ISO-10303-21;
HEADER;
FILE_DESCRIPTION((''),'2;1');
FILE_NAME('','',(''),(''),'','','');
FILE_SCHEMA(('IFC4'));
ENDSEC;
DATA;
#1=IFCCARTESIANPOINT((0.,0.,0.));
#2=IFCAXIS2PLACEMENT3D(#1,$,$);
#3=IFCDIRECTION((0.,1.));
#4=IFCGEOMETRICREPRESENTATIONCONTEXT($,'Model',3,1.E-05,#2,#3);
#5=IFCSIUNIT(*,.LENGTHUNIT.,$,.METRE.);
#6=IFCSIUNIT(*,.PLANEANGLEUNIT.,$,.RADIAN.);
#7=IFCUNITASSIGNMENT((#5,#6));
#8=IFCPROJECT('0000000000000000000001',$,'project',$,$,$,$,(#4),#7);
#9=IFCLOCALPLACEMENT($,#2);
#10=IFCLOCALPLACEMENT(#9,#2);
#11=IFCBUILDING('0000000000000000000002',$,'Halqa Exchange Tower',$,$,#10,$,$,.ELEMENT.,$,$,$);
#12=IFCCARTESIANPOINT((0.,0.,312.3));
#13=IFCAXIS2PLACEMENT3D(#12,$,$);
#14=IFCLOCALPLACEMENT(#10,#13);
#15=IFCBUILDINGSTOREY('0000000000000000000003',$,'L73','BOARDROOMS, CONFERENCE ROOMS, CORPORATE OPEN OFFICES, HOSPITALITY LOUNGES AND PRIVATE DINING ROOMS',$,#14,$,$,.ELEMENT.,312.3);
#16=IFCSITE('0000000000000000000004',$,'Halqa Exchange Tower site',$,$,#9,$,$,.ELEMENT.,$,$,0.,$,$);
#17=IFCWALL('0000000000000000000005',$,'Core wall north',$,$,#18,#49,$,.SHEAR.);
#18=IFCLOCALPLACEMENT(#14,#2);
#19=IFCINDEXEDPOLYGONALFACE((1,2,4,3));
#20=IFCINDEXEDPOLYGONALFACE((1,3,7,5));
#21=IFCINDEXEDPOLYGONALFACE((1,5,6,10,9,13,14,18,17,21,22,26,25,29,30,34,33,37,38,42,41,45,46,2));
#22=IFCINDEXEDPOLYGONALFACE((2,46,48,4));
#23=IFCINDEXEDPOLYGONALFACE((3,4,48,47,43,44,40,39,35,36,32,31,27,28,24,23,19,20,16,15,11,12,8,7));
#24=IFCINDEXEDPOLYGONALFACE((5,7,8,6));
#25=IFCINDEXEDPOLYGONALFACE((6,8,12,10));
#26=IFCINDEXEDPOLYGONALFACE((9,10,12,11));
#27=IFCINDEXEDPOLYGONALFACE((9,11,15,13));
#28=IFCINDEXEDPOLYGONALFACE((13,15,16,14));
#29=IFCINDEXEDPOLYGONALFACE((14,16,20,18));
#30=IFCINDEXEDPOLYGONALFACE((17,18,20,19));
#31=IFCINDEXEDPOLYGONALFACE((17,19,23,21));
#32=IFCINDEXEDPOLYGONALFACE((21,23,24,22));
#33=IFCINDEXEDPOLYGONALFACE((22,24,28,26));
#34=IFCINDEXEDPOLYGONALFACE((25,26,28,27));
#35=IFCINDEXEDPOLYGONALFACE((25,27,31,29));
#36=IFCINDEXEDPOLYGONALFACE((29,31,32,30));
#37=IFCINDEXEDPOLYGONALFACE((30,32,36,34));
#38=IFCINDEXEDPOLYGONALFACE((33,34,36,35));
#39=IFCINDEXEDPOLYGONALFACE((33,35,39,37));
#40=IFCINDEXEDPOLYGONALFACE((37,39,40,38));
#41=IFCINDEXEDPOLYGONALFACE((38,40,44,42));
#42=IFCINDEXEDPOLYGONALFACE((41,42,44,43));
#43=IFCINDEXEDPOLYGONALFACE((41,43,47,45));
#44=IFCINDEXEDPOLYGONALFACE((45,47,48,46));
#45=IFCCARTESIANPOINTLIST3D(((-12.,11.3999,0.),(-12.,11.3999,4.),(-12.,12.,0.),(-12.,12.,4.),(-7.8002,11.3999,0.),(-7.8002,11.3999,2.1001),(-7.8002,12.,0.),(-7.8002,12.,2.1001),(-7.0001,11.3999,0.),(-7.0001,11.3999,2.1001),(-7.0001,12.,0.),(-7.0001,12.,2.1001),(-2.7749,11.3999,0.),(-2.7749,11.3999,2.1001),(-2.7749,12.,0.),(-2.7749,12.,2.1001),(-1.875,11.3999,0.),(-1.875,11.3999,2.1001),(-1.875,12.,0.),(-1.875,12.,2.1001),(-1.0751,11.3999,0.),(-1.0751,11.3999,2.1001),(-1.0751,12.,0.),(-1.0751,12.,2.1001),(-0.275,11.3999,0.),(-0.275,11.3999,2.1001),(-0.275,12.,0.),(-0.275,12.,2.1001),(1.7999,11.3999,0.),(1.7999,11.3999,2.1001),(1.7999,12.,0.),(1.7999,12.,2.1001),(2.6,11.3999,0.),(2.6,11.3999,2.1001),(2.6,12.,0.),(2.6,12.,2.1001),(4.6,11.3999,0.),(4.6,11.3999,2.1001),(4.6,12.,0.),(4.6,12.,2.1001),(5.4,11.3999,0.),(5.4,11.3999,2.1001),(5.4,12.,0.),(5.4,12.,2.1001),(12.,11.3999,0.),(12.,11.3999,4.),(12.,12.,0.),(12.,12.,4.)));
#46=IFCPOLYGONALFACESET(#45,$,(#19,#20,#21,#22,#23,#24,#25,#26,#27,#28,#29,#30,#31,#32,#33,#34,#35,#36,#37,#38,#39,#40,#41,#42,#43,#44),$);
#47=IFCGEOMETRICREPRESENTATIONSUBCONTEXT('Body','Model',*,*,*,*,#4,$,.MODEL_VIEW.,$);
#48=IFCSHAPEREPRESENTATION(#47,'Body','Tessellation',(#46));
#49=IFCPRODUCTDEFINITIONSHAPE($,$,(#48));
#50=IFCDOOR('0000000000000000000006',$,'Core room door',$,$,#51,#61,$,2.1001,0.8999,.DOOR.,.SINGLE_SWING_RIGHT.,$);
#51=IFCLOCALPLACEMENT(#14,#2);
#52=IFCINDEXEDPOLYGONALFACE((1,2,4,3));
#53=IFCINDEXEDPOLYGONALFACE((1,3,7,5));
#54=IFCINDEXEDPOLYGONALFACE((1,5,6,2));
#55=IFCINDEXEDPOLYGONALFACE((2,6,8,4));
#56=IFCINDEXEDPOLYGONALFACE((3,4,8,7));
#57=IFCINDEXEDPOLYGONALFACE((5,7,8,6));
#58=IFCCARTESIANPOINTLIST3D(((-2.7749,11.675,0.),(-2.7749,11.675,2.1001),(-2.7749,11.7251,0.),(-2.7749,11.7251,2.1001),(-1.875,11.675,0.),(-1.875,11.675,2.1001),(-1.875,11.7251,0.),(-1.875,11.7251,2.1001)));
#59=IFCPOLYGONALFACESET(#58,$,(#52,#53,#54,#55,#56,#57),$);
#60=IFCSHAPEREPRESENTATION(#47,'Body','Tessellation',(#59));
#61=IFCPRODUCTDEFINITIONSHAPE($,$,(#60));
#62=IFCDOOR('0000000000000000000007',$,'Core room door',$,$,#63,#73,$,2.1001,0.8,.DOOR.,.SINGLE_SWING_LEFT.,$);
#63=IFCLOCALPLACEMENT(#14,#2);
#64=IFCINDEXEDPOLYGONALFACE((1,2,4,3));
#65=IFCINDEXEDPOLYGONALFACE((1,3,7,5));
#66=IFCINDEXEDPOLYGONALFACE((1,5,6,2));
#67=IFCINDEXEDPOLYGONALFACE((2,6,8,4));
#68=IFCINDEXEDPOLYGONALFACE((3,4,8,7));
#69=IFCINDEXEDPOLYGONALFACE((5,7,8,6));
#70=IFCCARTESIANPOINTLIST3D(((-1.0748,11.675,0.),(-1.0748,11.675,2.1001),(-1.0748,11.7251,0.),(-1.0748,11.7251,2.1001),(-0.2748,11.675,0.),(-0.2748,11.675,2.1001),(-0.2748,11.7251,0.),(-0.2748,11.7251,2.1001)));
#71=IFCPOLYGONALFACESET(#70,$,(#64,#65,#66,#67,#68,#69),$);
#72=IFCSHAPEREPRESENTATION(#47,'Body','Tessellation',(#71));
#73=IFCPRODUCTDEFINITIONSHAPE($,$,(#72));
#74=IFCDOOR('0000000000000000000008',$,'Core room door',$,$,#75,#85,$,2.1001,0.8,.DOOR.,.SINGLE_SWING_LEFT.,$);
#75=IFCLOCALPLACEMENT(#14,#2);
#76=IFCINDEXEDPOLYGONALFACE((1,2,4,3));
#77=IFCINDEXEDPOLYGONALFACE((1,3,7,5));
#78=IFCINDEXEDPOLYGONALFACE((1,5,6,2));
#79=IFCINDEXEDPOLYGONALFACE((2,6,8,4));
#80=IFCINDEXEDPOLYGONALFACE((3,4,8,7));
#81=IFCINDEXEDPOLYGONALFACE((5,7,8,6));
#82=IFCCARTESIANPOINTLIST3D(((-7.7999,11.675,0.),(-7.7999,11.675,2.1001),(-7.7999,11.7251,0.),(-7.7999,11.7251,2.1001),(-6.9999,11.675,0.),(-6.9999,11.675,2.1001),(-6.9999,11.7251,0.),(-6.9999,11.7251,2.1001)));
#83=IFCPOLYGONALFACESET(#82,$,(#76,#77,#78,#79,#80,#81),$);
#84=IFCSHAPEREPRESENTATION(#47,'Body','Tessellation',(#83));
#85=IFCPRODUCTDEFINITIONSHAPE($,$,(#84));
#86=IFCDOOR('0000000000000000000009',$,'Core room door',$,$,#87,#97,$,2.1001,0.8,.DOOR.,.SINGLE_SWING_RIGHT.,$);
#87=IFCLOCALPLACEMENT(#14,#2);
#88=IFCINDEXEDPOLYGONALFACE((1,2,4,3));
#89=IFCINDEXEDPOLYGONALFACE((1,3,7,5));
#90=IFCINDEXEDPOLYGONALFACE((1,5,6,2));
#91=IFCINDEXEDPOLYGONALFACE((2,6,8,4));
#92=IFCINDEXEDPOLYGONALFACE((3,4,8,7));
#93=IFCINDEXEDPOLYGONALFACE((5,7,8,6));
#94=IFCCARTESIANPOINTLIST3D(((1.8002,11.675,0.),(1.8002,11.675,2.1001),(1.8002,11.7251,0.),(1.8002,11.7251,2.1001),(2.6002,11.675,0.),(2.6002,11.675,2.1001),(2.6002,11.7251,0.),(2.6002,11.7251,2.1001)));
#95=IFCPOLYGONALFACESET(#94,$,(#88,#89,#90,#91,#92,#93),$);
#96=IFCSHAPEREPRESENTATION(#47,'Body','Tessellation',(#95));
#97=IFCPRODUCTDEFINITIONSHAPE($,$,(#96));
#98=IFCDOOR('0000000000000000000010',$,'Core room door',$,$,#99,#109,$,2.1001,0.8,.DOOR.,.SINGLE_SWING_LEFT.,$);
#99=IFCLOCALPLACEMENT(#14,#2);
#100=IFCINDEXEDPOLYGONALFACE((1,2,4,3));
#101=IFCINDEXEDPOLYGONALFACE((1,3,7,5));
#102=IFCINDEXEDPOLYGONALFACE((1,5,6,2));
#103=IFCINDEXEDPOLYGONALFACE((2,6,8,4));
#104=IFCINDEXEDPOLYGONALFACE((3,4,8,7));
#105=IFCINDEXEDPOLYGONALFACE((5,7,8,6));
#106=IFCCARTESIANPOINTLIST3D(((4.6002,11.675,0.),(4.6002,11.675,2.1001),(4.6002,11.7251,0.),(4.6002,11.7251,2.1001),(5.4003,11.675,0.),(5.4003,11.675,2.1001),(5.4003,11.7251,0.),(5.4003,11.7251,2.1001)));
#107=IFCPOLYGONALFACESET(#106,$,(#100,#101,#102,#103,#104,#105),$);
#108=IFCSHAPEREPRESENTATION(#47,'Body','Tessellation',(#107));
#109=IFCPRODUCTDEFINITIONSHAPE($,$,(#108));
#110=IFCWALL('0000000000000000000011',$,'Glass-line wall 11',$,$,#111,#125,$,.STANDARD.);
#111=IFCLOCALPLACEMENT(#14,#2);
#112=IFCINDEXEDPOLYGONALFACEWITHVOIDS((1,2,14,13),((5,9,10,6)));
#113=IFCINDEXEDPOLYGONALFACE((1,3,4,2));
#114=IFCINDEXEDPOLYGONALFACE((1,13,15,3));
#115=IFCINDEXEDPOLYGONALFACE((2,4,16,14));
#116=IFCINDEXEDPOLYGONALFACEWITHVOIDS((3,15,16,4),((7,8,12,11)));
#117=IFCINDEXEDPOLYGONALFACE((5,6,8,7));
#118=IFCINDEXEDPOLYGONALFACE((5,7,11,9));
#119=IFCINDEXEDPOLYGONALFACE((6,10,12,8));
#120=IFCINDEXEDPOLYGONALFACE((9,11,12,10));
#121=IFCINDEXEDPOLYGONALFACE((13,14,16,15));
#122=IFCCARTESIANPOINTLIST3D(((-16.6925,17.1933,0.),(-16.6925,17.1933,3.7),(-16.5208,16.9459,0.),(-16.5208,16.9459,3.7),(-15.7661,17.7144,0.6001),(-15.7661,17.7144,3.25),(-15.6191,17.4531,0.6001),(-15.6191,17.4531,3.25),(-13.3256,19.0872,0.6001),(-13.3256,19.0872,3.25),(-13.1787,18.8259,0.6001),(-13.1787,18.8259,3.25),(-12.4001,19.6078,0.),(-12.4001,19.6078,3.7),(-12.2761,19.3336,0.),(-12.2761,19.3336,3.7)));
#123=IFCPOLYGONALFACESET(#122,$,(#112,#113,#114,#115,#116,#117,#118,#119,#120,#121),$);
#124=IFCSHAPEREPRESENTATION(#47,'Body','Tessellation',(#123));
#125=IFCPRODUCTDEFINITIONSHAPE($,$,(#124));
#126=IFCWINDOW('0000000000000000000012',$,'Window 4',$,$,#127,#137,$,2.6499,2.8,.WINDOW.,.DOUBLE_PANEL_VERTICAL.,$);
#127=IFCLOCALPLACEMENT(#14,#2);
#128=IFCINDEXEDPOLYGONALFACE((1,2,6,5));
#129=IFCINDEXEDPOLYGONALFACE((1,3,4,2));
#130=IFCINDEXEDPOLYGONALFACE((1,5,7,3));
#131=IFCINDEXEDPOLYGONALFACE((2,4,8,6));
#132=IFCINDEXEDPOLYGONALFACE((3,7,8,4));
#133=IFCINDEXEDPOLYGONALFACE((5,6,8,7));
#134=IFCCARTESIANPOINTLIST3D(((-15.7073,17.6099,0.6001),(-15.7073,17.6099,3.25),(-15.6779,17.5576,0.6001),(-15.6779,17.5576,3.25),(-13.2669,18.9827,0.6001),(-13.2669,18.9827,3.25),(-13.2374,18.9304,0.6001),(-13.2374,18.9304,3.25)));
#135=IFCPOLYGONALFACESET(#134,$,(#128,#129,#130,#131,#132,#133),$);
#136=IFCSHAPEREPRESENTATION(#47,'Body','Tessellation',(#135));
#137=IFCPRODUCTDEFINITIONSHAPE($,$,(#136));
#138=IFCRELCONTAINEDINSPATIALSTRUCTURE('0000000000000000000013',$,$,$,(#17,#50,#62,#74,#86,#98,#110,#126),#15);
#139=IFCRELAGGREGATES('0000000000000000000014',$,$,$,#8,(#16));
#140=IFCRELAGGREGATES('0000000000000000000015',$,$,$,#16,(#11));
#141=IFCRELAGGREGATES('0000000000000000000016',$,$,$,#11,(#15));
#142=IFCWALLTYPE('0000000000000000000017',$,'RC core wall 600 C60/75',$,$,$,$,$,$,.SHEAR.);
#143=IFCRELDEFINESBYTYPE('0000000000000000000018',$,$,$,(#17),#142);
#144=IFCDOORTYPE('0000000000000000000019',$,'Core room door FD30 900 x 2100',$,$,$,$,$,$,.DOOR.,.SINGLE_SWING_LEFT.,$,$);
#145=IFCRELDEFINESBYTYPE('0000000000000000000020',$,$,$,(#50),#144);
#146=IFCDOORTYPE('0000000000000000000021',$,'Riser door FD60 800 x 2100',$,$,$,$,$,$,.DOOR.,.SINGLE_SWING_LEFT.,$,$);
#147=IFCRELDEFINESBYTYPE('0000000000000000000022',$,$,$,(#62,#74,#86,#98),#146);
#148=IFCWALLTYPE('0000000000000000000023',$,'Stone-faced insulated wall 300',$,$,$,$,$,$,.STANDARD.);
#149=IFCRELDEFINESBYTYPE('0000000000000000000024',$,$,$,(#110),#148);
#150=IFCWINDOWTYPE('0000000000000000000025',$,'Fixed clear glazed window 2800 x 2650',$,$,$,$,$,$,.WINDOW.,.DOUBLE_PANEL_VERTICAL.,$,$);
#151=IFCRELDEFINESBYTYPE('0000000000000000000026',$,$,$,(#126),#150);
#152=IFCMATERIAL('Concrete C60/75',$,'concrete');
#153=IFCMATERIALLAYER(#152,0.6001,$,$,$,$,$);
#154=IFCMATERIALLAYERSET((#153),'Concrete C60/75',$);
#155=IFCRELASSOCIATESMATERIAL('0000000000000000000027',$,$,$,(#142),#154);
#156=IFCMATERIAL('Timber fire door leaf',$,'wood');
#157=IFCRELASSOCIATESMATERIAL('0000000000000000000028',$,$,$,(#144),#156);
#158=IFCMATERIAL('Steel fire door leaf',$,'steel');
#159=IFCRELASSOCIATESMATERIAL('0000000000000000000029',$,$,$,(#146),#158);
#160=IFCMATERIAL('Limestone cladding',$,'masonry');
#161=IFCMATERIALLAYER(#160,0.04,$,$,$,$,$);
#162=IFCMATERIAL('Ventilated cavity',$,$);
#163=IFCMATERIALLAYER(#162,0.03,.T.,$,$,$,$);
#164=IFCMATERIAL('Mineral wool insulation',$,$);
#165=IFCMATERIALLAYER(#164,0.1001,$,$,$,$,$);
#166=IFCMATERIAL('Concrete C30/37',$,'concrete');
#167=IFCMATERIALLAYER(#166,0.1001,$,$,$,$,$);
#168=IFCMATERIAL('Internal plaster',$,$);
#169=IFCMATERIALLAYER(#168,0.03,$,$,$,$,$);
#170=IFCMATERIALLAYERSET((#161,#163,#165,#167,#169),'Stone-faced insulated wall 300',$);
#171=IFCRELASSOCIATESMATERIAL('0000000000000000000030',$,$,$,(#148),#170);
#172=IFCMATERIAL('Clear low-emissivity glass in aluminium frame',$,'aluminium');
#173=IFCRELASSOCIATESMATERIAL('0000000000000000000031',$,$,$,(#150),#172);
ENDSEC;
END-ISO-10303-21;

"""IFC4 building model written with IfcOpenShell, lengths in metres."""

from ifc_helpers import new_model, si_unit, direction, frame, frame_2d, origin, place, context, subcontext, project, spatial, polyline, rectangle, outline, extrude, material, layer, layer_set, type_object, element, fill, save


model = new_model("IFC4")

# Units and contexts
model_context = context("Model", 3, precision=1e-05, world=origin(), true_north=direction((0.0, 1.0)))
body_context = subcontext(model_context, "Body", "Model", "MODEL_VIEW")
ifc_project = project(units=[si_unit("LENGTHUNIT", "METRE"), si_unit("PLANEANGLEUNIT", "RADIAN")], contexts=[model_context])

# Site, building, storey
site_placement = place(None, origin())
site = spatial("IfcSite", under=ifc_project, at=site_placement, Name="Halqa Exchange Tower site", CompositionType="ELEMENT", RefElevation=0.0)
building_placement = place(site_placement, origin())
building = spatial("IfcBuilding", under=site, at=building_placement, Name="Halqa Exchange Tower", CompositionType="ELEMENT")
storey_placement = place(building_placement, frame((0.0, 0.0, 312.3)))
storey = spatial("IfcBuildingStorey", under=building, at=storey_placement, Name="L73", Description="BOARDROOMS, CONFERENCE ROOMS, CORPORATE OPEN OFFICES, HOSPITALITY LOUNGES AND PRIVATE DINING ROOMS", CompositionType="ELEMENT", Elevation=312.3)

# Shared definitions
ifc_material_1 = material(Name="Concrete C60/75", Category="concrete")

# Wall, openings, doors
ifc_material_2 = material(Name="Steel fire door leaf", Category="steel")
ifc_layer_1 = layer(ifc_material_1, 0.6001)
ifc_layer_set_1 = layer_set([ifc_layer_1], Name="Concrete C60/75")
wall_type_1 = type_object("IfcWallType", Name="RC core wall 600 C60/75", PredefinedType="SHEAR", material=ifc_layer_set_1)
wall_1_placement = place(storey_placement, frame((-12.0, 11.7, 0.0), z_axis=(0.0, 0.0, 1.0), x_axis=(1.0, 0.0, 0.0)))
wall_1 = element("IfcWall", 1, at=wall_1_placement, inside=storey, type_object=wall_type_1, Name="Core wall north", PredefinedType="SHEAR", context=body_context, shape_type="SweptSolid", body=[
    extrude(rectangle(XDim=24.0, YDim=0.6001, at=frame_2d((12.0, 0.0))), origin(), (0.0, 0.0, 1.0), 4.0),
])
opening_1_placement = place(wall_1_placement, frame((9.2251, 0.0, 0.0)))
opening_1 = element("IfcOpeningElement", 2, at=opening_1_placement, cuts=wall_1, PredefinedType="OPENING", context=body_context, shape_type="SweptSolid", body=[
    extrude(rectangle(XDim=0.8999, YDim=2.1001, at=frame_2d((0.45, 1.05))), frame((0.0, 0.312, 0.0), z_axis=(0.0, -1.0, 0.0), x_axis=(1.0, 0.0, 0.0)), (0.0, 0.0, 1.0), 0.624),
])
opening_2_placement = place(wall_1_placement, frame((10.925, 0.0, 0.0)))
opening_2 = element("IfcOpeningElement", 3, at=opening_2_placement, cuts=wall_1, PredefinedType="OPENING", context=body_context, shape_type="SweptSolid", body=[
    extrude(rectangle(XDim=0.8, YDim=2.1001, at=frame_2d((0.3999, 1.05))), frame((0.0, 0.312, 0.0), z_axis=(0.0, -1.0, 0.0), x_axis=(1.0, 0.0, 0.0)), (0.0, 0.0, 1.0), 0.624),
])
opening_3_placement = place(wall_1_placement, frame((4.2, 0.0, 0.0)))
opening_3 = element("IfcOpeningElement", 4, at=opening_3_placement, cuts=wall_1, PredefinedType="OPENING", context=body_context, shape_type="SweptSolid", body=[
    extrude(rectangle(XDim=0.8, YDim=2.1001, at=frame_2d((0.3999, 1.05))), frame((0.0, 0.312, 0.0), z_axis=(0.0, -1.0, 0.0), x_axis=(1.0, 0.0, 0.0)), (0.0, 0.0, 1.0), 0.624),
])
opening_4_placement = place(wall_1_placement, frame((13.8, 0.0, 0.0)))
opening_4 = element("IfcOpeningElement", 5, at=opening_4_placement, cuts=wall_1, PredefinedType="OPENING", context=body_context, shape_type="SweptSolid", body=[
    extrude(rectangle(XDim=0.8, YDim=2.1001, at=frame_2d((0.3999, 1.05))), frame((0.0, 0.312, 0.0), z_axis=(0.0, -1.0, 0.0), x_axis=(1.0, 0.0, 0.0)), (0.0, 0.0, 1.0), 0.624),
])
opening_5_placement = place(wall_1_placement, frame((16.6001, 0.0, 0.0)))
opening_5 = element("IfcOpeningElement", 6, at=opening_5_placement, cuts=wall_1, PredefinedType="OPENING", context=body_context, shape_type="SweptSolid", body=[
    extrude(rectangle(XDim=0.8, YDim=2.1001, at=frame_2d((0.3999, 1.05))), frame((0.0, 0.312, 0.0), z_axis=(0.0, -1.0, 0.0), x_axis=(1.0, 0.0, 0.0)), (0.0, 0.0, 1.0), 0.624),
])
ifc_material_3 = material(Name="Timber fire door leaf", Category="wood")
door_type_1 = type_object("IfcDoorType", Name="Core room door FD30 900 x 2100", OperationType="SINGLE_SWING_LEFT", PredefinedType="DOOR", material=ifc_material_3)
door_1_placement = place(opening_1_placement, frame((0.8999, 0.0, 0.0), z_axis=(0.0, 0.0, 1.0), x_axis=(-1.0, 0.0, 0.0)))
door_1 = element("IfcDoor", 7, at=door_1_placement, inside=storey, type_object=door_type_1, Name="Core room door", OperationType="SINGLE_SWING_RIGHT", OverallHeight=2.1001, OverallWidth=0.8999, PredefinedType="DOOR", context=body_context, shape_type="SweptSolid", body=[
    extrude(rectangle(XDim=0.8999, YDim=2.1001, at=frame_2d((0.45, 1.05))), frame((0.0, 0.0249, 0.0), z_axis=(0.0, -1.0, 0.0), x_axis=(1.0, 0.0, 0.0)), (0.0, 0.0, 1.0), 0.05),
])
fill(opening_1, door_1)
door_type_2 = type_object("IfcDoorType", Name="Riser door FD60 800 x 2100", OperationType="SINGLE_SWING_LEFT", PredefinedType="DOOR", material=ifc_material_2)
door_2_placement = place(opening_2_placement, frame((0.8, 0.0, 0.0), z_axis=(0.0, 0.0, 1.0), x_axis=(-1.0, 0.0, 0.0)))
door_2 = element("IfcDoor", 8, at=door_2_placement, inside=storey, type_object=door_type_2, Name="Core room door", OperationType="SINGLE_SWING_LEFT", OverallHeight=2.1001, OverallWidth=0.8, PredefinedType="DOOR", context=body_context, shape_type="SweptSolid", body=[
    extrude(rectangle(XDim=0.8, YDim=2.1001, at=frame_2d((0.3999, 1.05))), frame((0.0, 0.0249, 0.0), z_axis=(0.0, -1.0, 0.0), x_axis=(1.0, 0.0, 0.0)), (0.0, 0.0, 1.0), 0.05),
])
fill(opening_2, door_2)
door_3_placement = place(opening_3_placement, frame((0.8, 0.0, 0.0), z_axis=(0.0, 0.0, 1.0), x_axis=(-1.0, 0.0, 0.0)))
door_3 = element("IfcDoor", 9, at=door_3_placement, inside=storey, type_object=door_type_2, Name="Core room door", OperationType="SINGLE_SWING_LEFT", OverallHeight=2.1001, OverallWidth=0.8, PredefinedType="DOOR", context=body_context, shape_type="SweptSolid", body=[
    extrude(rectangle(XDim=0.8, YDim=2.1001, at=frame_2d((0.3999, 1.05))), frame((0.0, 0.0249, 0.0), z_axis=(0.0, -1.0, 0.0), x_axis=(1.0, 0.0, 0.0)), (0.0, 0.0, 1.0), 0.05),
])
fill(opening_3, door_3)
door_4_placement = place(opening_4_placement, frame((0.8, 0.0, 0.0), z_axis=(0.0, 0.0, 1.0), x_axis=(-1.0, 0.0, 0.0)))
door_4 = element("IfcDoor", 10, at=door_4_placement, inside=storey, type_object=door_type_2, Name="Core room door", OperationType="SINGLE_SWING_RIGHT", OverallHeight=2.1001, OverallWidth=0.8, PredefinedType="DOOR", context=body_context, shape_type="SweptSolid", body=[
    extrude(rectangle(XDim=0.8, YDim=2.1001, at=frame_2d((0.3999, 1.05))), frame((0.0, 0.0249, 0.0), z_axis=(0.0, -1.0, 0.0), x_axis=(1.0, 0.0, 0.0)), (0.0, 0.0, 1.0), 0.05),
])
fill(opening_4, door_4)
door_5_placement = place(opening_5_placement, frame((0.8, 0.0, 0.0), z_axis=(0.0, 0.0, 1.0), x_axis=(-1.0, 0.0, 0.0)))
door_5 = element("IfcDoor", 11, at=door_5_placement, inside=storey, type_object=door_type_2, Name="Core room door", OperationType="SINGLE_SWING_LEFT", OverallHeight=2.1001, OverallWidth=0.8, PredefinedType="DOOR", context=body_context, shape_type="SweptSolid", body=[
    extrude(rectangle(XDim=0.8, YDim=2.1001, at=frame_2d((0.3999, 1.05))), frame((0.0, 0.0249, 0.0), z_axis=(0.0, -1.0, 0.0), x_axis=(1.0, 0.0, 0.0)), (0.0, 0.0, 1.0), 0.05),
])
fill(opening_5, door_5)

# Wall, opening, window
ifc_material_4 = material(Name="Limestone cladding", Category="masonry")
ifc_layer_2 = layer(ifc_material_4, 0.04)
ifc_material_5 = material(Name="Ventilated cavity")
ifc_layer_3 = layer(ifc_material_5, 0.03, ventilated=True)
ifc_material_6 = material(Name="Mineral wool insulation")
ifc_layer_4 = layer(ifc_material_6, 0.1001)
ifc_material_7 = material(Name="Concrete C30/37", Category="concrete")
ifc_layer_5 = layer(ifc_material_7, 0.1001)
ifc_material_8 = material(Name="Internal plaster")
ifc_layer_6 = layer(ifc_material_8, 0.03)
ifc_layer_set_2 = layer_set([ifc_layer_2, ifc_layer_3, ifc_layer_4, ifc_layer_5, ifc_layer_6], Name="Stone-faced insulated wall 300")
wall_type_2 = type_object("IfcWallType", Name="Stone-faced insulated wall 300", PredefinedType="STANDARD", material=ifc_layer_set_2)
wall_2_placement = place(storey_placement, frame((-12.3381, 19.4707, 0.0), z_axis=(0.0, 0.0, 1.0), x_axis=(-0.87157, -0.490271, 0.0)))
wall_2 = element("IfcWall", 12, at=wall_2_placement, inside=storey, type_object=wall_type_2, Name="Glass-line wall 11", PredefinedType="STANDARD", context=body_context, shape_type="SweptSolid", body=[
    extrude(outline(polyline([(-0.0132, -0.1499), (4.9116, -0.1499), (4.8833, 0.1499), (0.0132, 0.1499), (-0.0132, -0.1499)])), origin(), (0.0, 0.0, 1.0), 3.7),
])
opening_6_placement = place(wall_2_placement, frame((1.0488, 0.0, 0.6001)))
opening_6 = element("IfcOpeningElement", 13, at=opening_6_placement, cuts=wall_2, PredefinedType="OPENING", context=body_context, shape_type="SweptSolid", body=[
    extrude(rectangle(XDim=2.8, YDim=2.6499, at=frame_2d((1.3999, 1.325))), frame((0.0, 0.1621, 0.0), z_axis=(0.0, -1.0, 0.0), x_axis=(1.0, 0.0, 0.0)), (0.0, 0.0, 1.0), 0.324),
])
ifc_material_9 = material(Name="Clear low-emissivity glass in aluminium frame", Category="aluminium")
window_type = type_object("IfcWindowType", Name="Fixed clear glazed window 2800 x 2650", PartitioningType="DOUBLE_PANEL_VERTICAL", PredefinedType="WINDOW", material=ifc_material_9)
window_1_placement = place(opening_6_placement, origin())
window_1 = element("IfcWindow", 14, at=window_1_placement, inside=storey, type_object=window_type, Name="Window 4", OverallHeight=2.6499, OverallWidth=2.8, PartitioningType="DOUBLE_PANEL_VERTICAL", PredefinedType="WINDOW", context=body_context, shape_type="SweptSolid", body=[
    extrude(rectangle(XDim=2.8, YDim=2.6499, at=frame_2d((1.3999, 1.325))), frame((0.0, 0.03, 0.0), z_axis=(0.0, -1.0, 0.0), x_axis=(1.0, 0.0, 0.0)), (0.0, 0.0, 1.0), 0.0601),
])
fill(opening_6, window_1)

save(model, "model.ifc")
